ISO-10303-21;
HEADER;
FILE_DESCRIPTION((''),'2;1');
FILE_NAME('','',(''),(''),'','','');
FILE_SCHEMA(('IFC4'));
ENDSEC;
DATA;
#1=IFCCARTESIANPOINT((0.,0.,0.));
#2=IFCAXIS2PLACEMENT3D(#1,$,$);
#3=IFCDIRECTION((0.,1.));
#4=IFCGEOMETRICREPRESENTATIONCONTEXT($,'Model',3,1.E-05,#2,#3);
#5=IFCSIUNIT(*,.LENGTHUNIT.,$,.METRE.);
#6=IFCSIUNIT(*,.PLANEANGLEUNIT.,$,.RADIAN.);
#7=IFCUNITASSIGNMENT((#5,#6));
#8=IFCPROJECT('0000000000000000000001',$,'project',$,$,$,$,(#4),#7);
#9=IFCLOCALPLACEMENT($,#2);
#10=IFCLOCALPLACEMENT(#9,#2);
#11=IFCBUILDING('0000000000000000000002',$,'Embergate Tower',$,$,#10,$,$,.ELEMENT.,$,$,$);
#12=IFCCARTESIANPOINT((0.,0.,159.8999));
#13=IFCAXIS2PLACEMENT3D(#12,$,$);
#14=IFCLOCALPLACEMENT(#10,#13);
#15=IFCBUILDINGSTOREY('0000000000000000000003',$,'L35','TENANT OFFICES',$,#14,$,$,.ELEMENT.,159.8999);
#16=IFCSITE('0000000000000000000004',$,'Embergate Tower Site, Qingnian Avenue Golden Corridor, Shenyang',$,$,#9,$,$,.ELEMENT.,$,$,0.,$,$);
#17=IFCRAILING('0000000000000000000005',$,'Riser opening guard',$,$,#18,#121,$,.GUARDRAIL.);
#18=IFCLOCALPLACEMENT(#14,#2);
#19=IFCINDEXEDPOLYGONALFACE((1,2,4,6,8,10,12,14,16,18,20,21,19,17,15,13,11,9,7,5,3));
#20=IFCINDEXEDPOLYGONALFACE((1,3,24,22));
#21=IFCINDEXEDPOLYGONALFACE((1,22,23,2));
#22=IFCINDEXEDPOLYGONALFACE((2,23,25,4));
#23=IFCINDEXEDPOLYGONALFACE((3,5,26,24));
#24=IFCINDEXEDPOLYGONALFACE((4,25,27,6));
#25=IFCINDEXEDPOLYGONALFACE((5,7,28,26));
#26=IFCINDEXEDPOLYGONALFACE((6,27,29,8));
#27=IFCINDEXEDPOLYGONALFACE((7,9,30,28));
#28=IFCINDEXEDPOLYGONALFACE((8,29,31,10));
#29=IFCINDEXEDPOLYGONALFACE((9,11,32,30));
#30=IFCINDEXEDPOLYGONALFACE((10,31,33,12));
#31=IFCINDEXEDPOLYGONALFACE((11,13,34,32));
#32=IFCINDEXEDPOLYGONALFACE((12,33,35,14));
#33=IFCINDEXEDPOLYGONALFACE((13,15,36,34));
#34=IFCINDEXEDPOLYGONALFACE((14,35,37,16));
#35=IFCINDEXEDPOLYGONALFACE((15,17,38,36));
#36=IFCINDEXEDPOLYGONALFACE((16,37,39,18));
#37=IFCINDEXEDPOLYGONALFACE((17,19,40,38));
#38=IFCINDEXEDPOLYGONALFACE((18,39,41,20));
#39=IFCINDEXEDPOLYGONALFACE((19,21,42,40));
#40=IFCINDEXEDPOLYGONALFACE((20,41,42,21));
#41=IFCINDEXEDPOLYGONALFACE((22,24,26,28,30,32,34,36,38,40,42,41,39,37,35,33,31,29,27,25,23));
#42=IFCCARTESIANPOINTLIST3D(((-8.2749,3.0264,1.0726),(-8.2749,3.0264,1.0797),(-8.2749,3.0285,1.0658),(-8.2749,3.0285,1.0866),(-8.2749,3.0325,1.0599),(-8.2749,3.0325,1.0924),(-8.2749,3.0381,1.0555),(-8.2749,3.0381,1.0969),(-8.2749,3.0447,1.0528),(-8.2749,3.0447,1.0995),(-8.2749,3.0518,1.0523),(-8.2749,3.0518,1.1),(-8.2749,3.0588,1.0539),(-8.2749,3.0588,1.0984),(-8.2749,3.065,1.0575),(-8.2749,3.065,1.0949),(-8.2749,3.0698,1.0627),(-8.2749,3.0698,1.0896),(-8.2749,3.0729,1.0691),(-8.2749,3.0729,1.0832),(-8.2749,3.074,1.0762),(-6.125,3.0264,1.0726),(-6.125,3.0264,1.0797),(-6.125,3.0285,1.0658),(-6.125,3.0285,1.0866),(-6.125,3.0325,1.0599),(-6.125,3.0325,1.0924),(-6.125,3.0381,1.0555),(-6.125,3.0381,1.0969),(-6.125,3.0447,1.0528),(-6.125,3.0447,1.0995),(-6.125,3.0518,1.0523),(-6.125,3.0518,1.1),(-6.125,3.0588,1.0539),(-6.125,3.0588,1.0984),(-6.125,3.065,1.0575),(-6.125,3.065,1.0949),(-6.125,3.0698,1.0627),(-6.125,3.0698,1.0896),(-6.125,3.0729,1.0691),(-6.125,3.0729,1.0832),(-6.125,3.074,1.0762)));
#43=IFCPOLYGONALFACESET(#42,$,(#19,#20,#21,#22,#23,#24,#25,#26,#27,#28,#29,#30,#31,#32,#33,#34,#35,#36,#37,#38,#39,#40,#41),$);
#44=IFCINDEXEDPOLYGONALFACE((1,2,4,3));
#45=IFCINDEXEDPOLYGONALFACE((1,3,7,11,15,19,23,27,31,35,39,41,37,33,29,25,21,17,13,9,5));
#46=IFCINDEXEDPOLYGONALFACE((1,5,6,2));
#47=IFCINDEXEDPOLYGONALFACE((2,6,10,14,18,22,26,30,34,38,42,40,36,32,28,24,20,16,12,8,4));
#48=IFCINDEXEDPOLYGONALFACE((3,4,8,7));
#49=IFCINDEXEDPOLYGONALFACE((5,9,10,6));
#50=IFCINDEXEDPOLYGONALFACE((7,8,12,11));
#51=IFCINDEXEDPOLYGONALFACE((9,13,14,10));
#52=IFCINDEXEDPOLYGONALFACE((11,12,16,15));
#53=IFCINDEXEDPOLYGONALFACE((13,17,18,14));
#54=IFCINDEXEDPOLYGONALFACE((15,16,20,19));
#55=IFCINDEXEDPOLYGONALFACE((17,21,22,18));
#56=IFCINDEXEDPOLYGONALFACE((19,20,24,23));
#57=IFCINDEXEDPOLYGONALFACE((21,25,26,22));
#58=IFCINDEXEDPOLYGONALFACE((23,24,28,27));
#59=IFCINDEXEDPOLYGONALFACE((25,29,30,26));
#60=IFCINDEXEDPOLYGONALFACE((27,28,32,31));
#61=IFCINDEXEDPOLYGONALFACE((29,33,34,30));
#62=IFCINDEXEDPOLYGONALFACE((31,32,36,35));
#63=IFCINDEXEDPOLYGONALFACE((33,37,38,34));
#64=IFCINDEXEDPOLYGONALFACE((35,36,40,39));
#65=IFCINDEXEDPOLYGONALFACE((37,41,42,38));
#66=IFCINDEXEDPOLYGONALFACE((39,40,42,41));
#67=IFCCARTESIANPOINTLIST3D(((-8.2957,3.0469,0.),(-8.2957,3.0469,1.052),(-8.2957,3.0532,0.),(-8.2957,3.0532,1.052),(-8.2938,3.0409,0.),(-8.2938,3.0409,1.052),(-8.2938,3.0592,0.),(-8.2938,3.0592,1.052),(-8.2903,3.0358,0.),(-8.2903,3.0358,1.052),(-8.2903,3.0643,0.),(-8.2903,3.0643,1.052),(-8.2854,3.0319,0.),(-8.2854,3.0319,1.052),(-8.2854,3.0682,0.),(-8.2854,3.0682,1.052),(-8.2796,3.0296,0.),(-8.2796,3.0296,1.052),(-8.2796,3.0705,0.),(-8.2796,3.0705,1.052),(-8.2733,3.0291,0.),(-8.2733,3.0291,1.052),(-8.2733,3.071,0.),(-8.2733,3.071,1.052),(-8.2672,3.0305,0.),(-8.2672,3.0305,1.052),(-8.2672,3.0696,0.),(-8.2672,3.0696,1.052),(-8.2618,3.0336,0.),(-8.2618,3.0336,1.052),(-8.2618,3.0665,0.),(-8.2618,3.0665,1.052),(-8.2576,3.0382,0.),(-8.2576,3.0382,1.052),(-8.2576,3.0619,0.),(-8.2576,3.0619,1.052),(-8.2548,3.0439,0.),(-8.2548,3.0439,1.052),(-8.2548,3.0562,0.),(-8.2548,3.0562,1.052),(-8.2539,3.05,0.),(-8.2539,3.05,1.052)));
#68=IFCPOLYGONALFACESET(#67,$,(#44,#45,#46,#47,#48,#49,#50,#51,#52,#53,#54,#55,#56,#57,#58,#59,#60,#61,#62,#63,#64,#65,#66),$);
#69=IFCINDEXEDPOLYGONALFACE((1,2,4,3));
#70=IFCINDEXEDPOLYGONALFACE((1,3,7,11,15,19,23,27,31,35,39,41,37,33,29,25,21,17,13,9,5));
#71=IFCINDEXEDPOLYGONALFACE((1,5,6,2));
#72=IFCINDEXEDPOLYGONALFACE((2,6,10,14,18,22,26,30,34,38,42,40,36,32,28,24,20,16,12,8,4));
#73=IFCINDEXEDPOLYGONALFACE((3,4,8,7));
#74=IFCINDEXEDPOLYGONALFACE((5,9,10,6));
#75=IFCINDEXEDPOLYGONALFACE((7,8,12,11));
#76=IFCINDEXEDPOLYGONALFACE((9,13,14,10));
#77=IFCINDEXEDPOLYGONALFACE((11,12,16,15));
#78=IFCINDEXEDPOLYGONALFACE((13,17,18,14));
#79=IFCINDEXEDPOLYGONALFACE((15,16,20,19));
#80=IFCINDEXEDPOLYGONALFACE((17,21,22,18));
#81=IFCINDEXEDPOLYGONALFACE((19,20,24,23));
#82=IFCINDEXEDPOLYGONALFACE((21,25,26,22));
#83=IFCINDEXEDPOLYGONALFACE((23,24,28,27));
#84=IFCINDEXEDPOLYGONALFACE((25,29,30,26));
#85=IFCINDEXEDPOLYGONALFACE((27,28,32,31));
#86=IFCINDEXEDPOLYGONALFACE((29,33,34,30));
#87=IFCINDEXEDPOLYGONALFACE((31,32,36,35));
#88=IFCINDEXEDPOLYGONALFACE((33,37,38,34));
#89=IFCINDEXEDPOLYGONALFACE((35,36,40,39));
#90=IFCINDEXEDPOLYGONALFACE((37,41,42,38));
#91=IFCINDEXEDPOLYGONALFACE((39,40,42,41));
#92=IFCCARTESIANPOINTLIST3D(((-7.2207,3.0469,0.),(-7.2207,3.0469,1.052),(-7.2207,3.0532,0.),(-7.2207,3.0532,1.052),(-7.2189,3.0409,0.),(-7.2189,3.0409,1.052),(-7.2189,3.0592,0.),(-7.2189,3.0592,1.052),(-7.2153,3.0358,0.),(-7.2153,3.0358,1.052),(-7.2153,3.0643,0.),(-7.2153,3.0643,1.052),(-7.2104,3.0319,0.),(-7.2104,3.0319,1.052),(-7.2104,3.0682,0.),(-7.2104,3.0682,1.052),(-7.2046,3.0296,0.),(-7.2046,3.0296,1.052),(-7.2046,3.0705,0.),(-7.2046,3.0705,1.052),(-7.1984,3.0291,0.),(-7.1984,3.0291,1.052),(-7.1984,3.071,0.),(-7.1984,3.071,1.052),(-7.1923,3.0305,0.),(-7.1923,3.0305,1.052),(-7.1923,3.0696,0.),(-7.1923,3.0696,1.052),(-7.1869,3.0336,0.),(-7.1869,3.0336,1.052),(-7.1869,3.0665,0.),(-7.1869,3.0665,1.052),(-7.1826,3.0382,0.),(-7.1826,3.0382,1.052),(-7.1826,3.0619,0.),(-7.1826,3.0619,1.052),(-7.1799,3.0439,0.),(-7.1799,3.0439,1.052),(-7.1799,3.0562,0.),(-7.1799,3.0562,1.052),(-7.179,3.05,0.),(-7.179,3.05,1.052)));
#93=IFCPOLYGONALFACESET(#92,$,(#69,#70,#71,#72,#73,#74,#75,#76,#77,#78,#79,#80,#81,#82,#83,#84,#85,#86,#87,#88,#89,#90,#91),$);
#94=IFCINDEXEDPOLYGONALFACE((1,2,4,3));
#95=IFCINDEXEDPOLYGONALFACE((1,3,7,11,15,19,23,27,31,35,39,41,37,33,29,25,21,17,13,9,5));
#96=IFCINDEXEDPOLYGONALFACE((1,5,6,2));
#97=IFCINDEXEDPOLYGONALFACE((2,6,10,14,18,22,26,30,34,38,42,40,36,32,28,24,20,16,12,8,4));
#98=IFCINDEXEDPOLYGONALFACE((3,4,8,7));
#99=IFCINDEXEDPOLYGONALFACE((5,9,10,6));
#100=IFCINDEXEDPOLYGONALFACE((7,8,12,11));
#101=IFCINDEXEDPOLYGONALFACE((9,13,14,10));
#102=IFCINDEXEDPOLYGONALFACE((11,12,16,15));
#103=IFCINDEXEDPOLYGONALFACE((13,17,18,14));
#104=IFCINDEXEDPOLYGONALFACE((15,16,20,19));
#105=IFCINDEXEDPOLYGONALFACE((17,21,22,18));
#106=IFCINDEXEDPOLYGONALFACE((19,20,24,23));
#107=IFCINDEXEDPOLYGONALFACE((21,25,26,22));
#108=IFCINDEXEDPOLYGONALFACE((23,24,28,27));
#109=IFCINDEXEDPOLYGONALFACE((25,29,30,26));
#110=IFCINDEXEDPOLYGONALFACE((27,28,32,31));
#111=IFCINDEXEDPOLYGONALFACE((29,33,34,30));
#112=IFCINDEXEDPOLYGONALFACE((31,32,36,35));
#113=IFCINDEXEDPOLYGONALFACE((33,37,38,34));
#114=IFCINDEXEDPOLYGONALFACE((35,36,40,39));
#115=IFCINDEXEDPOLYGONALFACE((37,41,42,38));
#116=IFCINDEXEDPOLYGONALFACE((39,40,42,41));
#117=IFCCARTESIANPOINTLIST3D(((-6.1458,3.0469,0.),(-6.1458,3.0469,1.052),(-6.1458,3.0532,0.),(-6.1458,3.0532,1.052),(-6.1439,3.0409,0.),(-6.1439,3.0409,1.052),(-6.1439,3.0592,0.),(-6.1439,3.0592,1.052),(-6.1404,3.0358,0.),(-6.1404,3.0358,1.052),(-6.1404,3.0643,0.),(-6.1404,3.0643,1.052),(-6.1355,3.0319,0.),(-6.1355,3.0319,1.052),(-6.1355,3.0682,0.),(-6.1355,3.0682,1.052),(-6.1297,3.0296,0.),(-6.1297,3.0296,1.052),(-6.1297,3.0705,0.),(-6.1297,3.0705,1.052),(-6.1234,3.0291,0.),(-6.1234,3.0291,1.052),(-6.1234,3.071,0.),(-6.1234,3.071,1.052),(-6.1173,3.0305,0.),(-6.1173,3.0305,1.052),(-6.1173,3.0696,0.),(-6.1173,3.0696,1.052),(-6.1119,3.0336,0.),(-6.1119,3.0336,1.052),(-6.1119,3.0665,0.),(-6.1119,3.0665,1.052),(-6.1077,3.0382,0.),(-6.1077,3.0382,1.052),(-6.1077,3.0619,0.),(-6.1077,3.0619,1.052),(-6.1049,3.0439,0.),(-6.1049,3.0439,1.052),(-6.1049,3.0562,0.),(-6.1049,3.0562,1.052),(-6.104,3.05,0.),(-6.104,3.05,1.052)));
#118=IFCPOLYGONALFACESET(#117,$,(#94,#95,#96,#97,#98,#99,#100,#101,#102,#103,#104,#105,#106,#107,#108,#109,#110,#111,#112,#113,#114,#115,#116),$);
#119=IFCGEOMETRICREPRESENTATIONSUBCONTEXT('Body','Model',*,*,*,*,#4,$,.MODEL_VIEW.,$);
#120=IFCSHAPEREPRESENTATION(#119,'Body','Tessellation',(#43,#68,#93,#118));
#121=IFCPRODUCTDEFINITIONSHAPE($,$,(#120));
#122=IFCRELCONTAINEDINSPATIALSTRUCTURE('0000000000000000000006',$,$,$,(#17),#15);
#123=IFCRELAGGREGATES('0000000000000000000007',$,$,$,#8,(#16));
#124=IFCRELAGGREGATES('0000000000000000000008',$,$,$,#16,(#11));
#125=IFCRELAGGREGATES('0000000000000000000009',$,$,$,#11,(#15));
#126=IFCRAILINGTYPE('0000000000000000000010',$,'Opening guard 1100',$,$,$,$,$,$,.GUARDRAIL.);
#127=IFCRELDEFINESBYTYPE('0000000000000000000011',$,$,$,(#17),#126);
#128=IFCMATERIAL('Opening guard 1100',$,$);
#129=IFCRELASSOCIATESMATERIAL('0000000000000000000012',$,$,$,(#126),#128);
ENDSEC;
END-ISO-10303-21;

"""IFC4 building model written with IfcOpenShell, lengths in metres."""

from ifc_helpers import new_model, si_unit, direction, frame, origin, origin_2d, place, context, subcontext, project, spatial, circle, extrude, source, transform, mapped, material, type_object, element, save


model = new_model("IFC4")

# Units and contexts
model_context = context("Model", 3, precision=1e-05, world=origin(), true_north=direction((0.0, 1.0)))
body_context = subcontext(model_context, "Body", "Model", "MODEL_VIEW")
ifc_project = project(units=[si_unit("LENGTHUNIT", "METRE"), si_unit("PLANEANGLEUNIT", "RADIAN")], contexts=[model_context])

# Site, building, storey
site_placement = place(None, origin())
site = spatial("IfcSite", under=ifc_project, at=site_placement, Name="Embergate Tower Site, Qingnian Avenue Golden Corridor, Shenyang", CompositionType="ELEMENT", RefElevation=0.0)
building_placement = place(site_placement, origin())
building = spatial("IfcBuilding", under=site, at=building_placement, Name="Embergate Tower", CompositionType="ELEMENT")
storey_placement = place(building_placement, frame((0.0, 0.0, 159.8999)))
storey = spatial("IfcBuildingStorey", under=building, at=storey_placement, Name="L35", Description="TENANT OFFICES", CompositionType="ELEMENT", Elevation=159.8999)

# Railing
ifc_material_1 = material(Name="Opening guard 1100")
railing_type = type_object("IfcRailingType", Name="Opening guard 1100", PredefinedType="GUARDRAIL", material=ifc_material_1)
shared_shape_1 = source(origin(), body_context, "Body", "SweptSolid", [
    extrude(circle(Radius=0.0239, at=origin_2d()), frame((0.0, 0.0, 1.0762), z_axis=(1.0, 0.0, 0.0), x_axis=(0.0, 1.0, 0.0)), (0.0, 0.0, 1.0), 2.1499),
    extrude(circle(Radius=0.021, at=origin_2d()), origin(), (0.0, 0.0, 1.0), 1.052),
    extrude(circle(Radius=0.021, at=origin_2d()), frame((1.075, 0.0, 0.0)), (0.0, 0.0, 1.0), 1.052),
    extrude(circle(Radius=0.021, at=origin_2d()), frame((2.1499, 0.0, 0.0)), (0.0, 0.0, 1.0), 1.052),
])
railing_placement = place(storey_placement, frame((-8.2749, 3.05, 0.0)))
element("IfcRailing", 1, at=railing_placement, inside=storey, type_object=railing_type, Name="Riser opening guard", PredefinedType="GUARDRAIL", context=body_context, shape_type="MappedRepresentation", body=[
    mapped(shared_shape_1, transform((0.0, 0.0, 0.0))),
])

save(model, "model.ifc")
